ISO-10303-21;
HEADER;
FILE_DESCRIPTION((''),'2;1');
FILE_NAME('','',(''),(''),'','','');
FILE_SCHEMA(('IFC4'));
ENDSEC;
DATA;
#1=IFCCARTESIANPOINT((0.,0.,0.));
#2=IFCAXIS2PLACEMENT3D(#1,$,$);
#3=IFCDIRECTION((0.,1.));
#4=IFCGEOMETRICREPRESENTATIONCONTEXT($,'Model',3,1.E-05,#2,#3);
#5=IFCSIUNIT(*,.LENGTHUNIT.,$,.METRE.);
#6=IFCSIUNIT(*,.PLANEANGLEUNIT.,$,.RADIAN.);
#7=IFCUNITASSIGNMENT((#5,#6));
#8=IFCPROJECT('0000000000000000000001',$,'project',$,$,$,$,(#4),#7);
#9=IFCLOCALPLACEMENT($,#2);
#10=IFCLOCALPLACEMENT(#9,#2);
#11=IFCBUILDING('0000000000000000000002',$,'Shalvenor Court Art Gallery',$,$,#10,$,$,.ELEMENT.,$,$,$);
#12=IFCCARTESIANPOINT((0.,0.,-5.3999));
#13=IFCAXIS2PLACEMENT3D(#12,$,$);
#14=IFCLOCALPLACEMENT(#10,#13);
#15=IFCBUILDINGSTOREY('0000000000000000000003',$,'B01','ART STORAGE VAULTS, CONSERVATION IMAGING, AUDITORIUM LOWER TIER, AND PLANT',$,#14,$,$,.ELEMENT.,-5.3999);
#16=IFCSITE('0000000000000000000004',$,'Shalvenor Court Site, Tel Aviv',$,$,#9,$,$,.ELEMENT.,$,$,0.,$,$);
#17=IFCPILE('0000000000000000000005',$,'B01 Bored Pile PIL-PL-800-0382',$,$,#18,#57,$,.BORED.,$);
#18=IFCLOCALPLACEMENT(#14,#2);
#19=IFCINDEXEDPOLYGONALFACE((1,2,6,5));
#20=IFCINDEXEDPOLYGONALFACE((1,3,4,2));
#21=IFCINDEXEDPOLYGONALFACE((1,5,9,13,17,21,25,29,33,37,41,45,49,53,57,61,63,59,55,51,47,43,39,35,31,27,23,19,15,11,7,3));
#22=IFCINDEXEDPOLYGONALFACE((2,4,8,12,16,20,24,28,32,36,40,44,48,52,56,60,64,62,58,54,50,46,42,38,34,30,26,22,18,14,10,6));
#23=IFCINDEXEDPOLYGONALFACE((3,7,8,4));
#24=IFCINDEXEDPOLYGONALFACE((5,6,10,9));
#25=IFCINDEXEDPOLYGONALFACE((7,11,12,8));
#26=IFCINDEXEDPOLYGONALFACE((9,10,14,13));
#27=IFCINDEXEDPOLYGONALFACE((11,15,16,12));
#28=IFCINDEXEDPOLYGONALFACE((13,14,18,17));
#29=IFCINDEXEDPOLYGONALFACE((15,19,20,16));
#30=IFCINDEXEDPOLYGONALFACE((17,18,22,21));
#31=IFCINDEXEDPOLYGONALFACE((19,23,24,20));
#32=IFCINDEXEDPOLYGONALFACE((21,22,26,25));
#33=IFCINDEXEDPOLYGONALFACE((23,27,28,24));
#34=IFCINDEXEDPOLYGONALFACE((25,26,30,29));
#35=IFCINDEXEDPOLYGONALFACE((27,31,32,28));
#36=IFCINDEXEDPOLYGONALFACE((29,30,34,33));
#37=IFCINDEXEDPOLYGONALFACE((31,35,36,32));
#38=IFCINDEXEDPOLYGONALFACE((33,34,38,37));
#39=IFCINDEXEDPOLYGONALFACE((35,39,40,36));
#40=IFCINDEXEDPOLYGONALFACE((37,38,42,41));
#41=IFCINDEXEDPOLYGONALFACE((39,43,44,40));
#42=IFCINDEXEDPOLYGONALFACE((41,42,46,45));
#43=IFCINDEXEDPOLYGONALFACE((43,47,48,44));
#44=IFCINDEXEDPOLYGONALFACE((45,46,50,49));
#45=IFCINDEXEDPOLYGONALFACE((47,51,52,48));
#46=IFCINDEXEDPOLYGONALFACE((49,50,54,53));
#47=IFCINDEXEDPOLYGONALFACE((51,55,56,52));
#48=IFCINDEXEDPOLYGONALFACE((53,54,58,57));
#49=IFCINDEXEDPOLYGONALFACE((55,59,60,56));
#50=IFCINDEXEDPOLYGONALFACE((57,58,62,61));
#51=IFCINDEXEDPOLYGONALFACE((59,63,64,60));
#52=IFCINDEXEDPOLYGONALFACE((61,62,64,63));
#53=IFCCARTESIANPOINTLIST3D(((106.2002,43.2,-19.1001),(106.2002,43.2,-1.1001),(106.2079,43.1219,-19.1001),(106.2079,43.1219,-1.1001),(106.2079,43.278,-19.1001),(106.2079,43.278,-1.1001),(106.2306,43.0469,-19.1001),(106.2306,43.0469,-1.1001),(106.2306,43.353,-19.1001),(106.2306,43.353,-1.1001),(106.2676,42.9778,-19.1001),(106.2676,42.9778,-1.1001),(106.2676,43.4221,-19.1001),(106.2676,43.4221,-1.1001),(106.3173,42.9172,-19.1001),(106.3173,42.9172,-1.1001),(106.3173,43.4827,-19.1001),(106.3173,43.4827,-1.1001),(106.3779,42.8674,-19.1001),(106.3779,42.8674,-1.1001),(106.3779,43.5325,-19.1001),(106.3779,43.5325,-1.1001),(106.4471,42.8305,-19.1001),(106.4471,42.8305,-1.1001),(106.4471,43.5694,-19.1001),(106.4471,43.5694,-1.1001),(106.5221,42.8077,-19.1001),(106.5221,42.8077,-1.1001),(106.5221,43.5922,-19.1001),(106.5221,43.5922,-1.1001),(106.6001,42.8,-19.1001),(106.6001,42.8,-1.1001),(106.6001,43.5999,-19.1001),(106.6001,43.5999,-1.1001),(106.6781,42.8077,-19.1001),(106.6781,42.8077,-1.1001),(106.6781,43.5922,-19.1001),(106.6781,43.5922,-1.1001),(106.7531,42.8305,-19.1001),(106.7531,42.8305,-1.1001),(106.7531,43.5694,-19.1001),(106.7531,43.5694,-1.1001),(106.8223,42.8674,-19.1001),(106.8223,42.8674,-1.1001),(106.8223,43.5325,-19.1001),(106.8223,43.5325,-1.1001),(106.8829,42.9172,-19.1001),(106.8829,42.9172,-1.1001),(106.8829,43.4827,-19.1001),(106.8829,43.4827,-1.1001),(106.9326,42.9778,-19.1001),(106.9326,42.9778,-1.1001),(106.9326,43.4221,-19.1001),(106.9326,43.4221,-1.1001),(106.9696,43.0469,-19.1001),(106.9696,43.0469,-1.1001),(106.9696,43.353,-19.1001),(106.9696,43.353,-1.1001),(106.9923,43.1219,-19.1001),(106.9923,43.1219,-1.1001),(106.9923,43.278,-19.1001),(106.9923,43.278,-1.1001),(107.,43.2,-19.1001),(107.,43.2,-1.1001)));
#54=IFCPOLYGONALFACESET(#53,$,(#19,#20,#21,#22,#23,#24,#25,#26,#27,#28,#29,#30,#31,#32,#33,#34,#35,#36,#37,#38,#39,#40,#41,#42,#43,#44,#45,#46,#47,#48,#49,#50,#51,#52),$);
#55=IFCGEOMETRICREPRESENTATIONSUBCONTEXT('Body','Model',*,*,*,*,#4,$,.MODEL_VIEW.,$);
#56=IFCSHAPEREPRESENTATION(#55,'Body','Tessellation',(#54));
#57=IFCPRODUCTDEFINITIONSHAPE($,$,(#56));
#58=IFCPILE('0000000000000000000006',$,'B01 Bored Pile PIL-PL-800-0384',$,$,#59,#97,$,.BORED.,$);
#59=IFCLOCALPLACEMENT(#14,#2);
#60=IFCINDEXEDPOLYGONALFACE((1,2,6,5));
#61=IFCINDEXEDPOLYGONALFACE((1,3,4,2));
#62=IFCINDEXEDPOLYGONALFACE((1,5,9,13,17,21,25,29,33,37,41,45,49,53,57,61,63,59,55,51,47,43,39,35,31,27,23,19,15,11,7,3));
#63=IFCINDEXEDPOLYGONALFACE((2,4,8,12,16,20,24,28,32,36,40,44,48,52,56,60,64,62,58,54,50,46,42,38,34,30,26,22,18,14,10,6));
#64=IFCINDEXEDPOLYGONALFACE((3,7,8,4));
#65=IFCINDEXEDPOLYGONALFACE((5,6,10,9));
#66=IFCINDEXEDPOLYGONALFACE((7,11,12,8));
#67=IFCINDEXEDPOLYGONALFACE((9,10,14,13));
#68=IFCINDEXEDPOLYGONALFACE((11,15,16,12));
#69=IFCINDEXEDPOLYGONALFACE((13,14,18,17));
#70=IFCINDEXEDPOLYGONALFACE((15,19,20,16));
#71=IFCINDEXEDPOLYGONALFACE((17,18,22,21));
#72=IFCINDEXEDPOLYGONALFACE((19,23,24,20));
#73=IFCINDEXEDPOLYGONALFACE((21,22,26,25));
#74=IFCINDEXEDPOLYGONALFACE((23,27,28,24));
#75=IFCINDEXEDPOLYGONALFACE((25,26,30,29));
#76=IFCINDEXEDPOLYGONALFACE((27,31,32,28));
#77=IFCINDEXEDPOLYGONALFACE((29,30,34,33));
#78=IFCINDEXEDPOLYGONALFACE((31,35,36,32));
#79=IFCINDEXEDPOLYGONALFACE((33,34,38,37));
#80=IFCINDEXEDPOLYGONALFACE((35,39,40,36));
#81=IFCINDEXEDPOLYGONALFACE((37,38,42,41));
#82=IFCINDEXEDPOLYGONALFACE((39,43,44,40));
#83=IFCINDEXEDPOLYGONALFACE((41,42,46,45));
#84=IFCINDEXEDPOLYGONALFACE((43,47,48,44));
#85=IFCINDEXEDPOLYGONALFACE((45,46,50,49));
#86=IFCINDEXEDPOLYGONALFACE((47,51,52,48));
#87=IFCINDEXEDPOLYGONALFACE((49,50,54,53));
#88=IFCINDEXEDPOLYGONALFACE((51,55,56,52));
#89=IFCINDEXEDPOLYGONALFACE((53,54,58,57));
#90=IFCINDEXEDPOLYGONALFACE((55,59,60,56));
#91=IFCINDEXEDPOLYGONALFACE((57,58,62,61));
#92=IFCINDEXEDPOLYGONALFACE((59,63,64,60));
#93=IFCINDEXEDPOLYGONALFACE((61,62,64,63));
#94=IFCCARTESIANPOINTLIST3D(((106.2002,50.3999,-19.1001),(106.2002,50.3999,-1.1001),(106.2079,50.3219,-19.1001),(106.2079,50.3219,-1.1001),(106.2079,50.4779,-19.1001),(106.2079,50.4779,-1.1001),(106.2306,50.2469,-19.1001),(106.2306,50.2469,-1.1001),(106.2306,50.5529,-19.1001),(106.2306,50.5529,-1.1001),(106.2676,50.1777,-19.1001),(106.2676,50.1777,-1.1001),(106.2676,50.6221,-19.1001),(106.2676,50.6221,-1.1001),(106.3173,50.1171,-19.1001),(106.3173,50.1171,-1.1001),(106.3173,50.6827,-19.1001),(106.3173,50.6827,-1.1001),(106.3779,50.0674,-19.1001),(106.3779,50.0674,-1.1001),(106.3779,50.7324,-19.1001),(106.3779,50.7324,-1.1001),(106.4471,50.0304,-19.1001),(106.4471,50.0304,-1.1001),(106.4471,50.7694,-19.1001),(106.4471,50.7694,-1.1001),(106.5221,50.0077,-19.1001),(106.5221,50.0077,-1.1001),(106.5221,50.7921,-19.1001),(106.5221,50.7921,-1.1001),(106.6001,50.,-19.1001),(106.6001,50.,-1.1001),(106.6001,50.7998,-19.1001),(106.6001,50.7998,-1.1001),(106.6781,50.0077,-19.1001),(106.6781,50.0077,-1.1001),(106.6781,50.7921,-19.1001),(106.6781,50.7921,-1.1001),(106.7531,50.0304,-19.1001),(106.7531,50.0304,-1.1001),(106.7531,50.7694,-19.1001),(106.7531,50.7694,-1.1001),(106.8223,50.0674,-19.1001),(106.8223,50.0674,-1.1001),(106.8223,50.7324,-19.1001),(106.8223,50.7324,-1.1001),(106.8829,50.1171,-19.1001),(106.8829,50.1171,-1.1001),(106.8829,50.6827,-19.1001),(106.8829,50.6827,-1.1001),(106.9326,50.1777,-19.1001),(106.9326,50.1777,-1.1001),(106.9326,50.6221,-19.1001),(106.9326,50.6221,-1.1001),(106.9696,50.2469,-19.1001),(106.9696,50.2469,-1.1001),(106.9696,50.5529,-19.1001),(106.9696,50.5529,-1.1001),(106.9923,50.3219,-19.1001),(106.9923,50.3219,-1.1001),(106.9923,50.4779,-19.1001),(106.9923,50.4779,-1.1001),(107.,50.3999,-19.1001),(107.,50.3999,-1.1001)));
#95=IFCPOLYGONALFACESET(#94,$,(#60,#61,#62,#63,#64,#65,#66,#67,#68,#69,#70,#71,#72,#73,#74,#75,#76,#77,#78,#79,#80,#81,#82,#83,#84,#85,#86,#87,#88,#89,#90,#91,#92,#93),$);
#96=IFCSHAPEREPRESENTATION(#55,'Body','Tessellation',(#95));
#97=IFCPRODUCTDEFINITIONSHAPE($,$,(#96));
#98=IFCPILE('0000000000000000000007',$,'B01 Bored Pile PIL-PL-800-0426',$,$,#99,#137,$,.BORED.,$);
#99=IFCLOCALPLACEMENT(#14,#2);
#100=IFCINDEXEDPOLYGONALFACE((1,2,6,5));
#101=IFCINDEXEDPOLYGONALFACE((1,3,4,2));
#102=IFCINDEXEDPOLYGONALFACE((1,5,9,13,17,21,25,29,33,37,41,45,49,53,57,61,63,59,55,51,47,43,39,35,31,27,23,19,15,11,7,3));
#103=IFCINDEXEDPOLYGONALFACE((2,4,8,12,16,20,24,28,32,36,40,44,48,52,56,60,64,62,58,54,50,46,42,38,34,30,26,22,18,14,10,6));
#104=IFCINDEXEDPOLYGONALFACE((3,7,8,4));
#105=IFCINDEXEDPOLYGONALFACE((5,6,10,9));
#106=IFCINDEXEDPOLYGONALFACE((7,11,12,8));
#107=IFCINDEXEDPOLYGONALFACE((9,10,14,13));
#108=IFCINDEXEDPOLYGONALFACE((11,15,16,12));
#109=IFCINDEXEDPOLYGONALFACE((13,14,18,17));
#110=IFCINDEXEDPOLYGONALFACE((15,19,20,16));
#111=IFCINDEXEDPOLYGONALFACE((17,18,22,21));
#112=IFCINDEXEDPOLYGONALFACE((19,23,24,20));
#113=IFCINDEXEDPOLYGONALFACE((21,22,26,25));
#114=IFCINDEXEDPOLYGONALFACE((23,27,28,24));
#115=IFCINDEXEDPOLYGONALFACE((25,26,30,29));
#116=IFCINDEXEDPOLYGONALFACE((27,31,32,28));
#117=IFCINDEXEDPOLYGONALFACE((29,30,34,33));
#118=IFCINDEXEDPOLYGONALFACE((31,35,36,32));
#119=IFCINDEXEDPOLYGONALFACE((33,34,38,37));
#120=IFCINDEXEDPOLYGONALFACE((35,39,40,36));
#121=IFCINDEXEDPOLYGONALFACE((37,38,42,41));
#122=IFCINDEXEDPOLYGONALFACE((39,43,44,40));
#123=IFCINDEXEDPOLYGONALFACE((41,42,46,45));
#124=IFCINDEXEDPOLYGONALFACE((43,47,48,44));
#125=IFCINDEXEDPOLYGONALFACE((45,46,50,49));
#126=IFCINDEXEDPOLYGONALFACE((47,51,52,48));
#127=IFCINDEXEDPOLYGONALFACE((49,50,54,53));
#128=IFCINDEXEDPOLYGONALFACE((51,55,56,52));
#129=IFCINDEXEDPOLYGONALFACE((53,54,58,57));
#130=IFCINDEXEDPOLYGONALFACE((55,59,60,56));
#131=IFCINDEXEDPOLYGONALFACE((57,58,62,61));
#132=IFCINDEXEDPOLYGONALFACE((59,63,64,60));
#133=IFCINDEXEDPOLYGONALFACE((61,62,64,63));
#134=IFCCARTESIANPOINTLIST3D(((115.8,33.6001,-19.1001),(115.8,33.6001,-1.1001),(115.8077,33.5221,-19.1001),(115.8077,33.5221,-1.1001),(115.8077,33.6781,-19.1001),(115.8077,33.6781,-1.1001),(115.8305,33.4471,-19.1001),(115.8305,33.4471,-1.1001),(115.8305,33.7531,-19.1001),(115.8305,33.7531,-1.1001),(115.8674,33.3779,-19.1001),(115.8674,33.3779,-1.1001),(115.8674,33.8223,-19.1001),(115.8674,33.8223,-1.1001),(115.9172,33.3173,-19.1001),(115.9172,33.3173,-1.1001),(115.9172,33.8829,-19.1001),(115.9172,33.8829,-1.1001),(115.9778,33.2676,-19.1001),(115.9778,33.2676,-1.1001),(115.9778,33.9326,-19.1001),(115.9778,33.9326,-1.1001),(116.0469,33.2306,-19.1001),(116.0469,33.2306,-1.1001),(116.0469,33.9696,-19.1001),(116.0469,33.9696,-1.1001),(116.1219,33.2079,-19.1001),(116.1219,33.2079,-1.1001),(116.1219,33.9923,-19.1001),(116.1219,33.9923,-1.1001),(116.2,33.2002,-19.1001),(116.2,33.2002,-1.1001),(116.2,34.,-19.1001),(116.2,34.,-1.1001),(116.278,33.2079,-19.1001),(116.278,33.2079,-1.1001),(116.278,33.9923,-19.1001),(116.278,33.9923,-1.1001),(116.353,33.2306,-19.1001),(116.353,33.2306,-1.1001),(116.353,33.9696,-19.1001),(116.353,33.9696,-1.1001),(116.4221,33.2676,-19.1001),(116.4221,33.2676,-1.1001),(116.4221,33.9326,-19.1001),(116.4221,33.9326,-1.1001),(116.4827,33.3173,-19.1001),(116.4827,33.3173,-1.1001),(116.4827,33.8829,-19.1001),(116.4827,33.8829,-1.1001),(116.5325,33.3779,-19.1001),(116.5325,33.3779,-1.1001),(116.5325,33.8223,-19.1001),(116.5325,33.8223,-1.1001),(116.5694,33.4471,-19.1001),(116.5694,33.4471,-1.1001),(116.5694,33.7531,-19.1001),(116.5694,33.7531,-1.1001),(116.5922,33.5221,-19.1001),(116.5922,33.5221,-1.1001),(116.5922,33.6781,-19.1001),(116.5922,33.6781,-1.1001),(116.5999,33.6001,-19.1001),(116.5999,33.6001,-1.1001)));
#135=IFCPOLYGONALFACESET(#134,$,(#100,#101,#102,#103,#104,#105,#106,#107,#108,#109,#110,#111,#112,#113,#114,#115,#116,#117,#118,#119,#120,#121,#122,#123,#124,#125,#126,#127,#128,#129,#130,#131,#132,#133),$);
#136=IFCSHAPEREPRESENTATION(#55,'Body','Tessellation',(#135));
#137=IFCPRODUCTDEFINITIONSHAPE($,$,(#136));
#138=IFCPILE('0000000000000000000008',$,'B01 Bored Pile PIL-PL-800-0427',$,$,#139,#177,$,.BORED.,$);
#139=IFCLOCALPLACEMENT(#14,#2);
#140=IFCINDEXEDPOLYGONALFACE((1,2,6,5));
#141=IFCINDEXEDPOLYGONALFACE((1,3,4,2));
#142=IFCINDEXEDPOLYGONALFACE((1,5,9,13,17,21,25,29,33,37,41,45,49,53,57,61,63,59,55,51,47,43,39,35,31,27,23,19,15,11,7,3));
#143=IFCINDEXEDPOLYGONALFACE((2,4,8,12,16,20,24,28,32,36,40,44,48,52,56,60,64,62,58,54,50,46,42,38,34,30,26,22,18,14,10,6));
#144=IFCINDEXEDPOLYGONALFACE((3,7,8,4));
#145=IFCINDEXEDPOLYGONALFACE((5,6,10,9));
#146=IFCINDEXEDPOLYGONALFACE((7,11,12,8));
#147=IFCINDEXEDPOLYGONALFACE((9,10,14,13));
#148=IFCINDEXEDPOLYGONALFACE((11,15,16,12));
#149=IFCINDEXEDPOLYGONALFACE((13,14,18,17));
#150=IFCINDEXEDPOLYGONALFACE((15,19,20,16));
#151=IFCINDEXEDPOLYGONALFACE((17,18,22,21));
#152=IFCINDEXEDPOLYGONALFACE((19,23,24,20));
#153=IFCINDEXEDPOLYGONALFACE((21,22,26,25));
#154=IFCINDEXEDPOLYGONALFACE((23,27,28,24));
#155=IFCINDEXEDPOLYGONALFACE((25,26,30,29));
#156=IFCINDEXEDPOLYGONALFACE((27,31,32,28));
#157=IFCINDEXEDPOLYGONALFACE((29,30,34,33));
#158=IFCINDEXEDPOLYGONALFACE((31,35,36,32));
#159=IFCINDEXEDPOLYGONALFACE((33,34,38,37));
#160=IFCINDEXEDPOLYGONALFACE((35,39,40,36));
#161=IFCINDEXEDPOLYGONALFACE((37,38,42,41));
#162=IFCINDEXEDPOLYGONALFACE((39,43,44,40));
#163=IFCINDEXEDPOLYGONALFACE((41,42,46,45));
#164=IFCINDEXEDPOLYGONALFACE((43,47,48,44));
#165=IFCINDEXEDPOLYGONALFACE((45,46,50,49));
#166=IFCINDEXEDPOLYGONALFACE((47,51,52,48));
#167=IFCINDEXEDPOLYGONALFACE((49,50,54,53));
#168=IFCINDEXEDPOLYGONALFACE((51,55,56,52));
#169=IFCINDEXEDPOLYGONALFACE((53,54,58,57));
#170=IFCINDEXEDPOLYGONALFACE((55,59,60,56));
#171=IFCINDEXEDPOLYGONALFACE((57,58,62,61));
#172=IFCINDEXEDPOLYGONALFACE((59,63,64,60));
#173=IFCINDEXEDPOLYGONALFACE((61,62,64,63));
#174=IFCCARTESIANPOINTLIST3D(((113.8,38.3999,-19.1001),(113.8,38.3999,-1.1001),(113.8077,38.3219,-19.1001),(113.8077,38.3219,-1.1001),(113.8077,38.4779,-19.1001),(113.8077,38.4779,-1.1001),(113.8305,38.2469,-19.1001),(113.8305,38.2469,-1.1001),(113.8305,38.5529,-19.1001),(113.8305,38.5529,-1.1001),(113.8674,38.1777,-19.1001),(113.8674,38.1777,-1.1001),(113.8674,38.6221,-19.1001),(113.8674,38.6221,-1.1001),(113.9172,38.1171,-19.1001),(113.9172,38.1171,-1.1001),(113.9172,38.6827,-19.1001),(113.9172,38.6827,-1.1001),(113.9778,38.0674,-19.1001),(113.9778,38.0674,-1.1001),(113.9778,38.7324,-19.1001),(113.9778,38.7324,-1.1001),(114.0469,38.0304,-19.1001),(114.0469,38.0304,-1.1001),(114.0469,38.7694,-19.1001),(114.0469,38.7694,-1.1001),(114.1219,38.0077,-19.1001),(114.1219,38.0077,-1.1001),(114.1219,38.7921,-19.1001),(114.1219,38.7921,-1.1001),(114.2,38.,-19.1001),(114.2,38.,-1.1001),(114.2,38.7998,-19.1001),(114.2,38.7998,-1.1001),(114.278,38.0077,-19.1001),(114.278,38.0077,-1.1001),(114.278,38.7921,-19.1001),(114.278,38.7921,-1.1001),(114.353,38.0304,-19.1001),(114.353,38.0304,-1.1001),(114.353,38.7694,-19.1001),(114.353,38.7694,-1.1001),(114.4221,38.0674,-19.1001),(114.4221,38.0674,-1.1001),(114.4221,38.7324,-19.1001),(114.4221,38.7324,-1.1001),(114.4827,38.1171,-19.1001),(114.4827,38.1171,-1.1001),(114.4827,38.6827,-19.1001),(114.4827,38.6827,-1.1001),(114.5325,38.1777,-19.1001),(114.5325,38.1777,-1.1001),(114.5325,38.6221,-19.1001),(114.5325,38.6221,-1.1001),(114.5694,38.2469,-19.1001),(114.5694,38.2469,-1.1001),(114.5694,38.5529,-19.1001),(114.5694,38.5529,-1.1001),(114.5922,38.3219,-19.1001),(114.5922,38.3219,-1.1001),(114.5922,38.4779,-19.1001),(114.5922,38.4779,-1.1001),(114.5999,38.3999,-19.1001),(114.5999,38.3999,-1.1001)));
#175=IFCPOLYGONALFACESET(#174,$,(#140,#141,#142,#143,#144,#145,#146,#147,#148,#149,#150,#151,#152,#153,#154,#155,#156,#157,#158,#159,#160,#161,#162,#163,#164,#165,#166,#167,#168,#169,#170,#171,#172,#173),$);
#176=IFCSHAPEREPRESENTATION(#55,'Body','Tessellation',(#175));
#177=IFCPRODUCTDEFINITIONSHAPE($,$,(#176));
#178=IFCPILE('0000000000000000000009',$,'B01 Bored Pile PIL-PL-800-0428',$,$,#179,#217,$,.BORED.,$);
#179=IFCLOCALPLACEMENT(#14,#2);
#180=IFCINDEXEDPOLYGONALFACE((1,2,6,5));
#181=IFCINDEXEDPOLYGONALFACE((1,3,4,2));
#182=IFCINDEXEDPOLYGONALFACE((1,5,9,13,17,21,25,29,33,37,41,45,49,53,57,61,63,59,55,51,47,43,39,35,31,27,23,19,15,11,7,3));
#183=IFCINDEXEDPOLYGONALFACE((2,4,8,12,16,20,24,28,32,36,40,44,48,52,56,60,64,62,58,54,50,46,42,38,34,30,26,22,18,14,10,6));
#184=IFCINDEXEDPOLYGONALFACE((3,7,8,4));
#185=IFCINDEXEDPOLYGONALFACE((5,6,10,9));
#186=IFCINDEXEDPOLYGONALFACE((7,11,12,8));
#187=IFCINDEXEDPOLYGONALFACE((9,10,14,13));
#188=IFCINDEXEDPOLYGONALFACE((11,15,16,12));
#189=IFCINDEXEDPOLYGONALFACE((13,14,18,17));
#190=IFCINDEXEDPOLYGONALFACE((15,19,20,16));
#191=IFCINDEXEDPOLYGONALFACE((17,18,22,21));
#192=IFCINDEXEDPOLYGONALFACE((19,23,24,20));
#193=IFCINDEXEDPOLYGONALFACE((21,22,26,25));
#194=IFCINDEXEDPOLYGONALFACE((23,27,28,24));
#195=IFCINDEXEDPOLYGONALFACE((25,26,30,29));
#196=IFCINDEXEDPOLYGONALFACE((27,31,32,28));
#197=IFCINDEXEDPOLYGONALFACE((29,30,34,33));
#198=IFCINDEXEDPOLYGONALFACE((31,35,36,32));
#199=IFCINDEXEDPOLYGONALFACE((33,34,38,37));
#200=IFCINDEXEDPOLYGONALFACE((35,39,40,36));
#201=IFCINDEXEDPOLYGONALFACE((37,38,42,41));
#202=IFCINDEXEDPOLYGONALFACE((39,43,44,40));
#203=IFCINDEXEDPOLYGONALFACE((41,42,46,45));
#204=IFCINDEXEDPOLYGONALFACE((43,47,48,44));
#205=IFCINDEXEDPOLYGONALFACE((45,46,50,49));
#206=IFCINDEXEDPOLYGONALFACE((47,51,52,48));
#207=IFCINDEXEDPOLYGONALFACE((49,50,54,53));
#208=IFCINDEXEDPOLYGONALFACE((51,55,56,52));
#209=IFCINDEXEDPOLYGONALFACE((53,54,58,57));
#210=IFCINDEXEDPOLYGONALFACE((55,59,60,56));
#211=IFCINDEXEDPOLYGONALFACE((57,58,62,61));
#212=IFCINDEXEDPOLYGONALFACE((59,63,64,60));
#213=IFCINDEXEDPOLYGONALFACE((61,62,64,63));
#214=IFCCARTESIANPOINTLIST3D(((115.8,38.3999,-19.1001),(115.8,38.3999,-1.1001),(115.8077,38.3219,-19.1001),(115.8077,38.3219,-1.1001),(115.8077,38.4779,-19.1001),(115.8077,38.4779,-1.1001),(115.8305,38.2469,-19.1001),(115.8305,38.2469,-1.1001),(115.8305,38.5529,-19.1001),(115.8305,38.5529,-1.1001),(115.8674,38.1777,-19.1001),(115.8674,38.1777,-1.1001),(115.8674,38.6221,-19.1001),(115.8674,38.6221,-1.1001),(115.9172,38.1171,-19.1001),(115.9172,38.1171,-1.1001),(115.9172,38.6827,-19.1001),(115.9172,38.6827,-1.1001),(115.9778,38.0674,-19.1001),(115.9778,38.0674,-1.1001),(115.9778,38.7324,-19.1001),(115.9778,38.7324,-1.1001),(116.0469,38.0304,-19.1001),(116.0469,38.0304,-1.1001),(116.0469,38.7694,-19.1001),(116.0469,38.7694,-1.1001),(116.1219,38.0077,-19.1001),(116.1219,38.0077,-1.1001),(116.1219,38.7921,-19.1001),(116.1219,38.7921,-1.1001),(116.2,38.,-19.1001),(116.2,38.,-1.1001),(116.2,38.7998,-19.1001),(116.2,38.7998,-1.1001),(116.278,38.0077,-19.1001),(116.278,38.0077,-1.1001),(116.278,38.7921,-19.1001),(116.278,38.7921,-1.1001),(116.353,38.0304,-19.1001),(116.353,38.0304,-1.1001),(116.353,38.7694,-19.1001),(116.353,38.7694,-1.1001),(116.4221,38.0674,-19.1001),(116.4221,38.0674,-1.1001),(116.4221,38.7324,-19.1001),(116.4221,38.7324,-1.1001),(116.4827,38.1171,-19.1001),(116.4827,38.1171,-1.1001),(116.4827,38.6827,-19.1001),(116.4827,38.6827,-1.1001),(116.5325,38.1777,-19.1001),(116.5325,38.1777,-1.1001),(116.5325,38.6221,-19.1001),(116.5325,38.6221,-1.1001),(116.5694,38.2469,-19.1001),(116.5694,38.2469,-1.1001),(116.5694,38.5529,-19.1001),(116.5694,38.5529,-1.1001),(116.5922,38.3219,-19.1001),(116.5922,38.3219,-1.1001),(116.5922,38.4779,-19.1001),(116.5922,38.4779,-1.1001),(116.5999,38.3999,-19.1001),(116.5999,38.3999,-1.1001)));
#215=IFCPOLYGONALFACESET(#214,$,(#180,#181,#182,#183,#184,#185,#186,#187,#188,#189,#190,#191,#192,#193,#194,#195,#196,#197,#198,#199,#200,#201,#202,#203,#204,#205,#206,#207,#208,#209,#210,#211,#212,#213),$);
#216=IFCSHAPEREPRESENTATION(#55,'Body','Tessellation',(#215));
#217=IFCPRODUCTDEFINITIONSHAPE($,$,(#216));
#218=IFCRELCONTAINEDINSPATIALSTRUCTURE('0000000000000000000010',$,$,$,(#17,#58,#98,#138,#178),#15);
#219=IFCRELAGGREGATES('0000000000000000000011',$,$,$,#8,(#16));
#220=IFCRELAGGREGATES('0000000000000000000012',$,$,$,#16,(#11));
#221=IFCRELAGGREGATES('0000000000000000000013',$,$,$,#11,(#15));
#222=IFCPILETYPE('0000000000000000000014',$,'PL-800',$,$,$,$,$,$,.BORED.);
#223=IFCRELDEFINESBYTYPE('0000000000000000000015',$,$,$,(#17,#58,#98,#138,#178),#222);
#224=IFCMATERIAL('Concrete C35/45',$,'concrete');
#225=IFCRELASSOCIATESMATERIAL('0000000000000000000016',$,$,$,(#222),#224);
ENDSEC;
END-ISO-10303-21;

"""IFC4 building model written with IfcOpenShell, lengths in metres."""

from ifc_helpers import new_model, si_unit, direction, frame, origin, origin_2d, place, context, subcontext, project, spatial, circle, extrude, material, material_profile, profile_set, type_object, element, save


model = new_model("IFC4")

# Units and contexts
model_context = context("Model", 3, precision=1e-05, world=origin(), true_north=direction((0.0, 1.0)))
body_context = subcontext(model_context, "Body", "Model", "MODEL_VIEW")
ifc_project = project(units=[si_unit("LENGTHUNIT", "METRE"), si_unit("PLANEANGLEUNIT", "RADIAN")], contexts=[model_context])

# Site, building, storey
site_placement = place(None, origin())
site = spatial("IfcSite", under=ifc_project, at=site_placement, Name="Shalvenor Court Site, Tel Aviv", CompositionType="ELEMENT", RefElevation=0.0)
building_placement = place(site_placement, origin())
building = spatial("IfcBuilding", under=site, at=building_placement, Name="Shalvenor Court Art Gallery", CompositionType="ELEMENT")
storey_placement = place(building_placement, frame((0.0, 0.0, -5.3999)))
storey = spatial("IfcBuildingStorey", under=building, at=storey_placement, Name="B01", Description="ART STORAGE VAULTS, CONSERVATION IMAGING, AUDITORIUM LOWER TIER, AND PLANT", CompositionType="ELEMENT", Elevation=-5.3999)

# Piles
ifc_material_1 = material(Name="Concrete C35/45", Category="concrete")
ifc_material_profile_1 = material_profile(ifc_material_1, circle(Radius=0.3999, at=origin_2d()), Name="PILE 800")
ifc_profile_set_1 = profile_set([ifc_material_profile_1], Name="Concrete C35/45")
pile_type = type_object("IfcPileType", Name="PL-800", PredefinedType="BORED", material=ifc_profile_set_1)
for number, where, z_axis, x_axis, name in (
    (1, (106.6001, 43.2, -1.1001), (0.0, 0.0, -1.0), (1.0, 0.0, 0.0), "B01 Bored Pile PIL-PL-800-0382"),
    (2, (106.6001, 50.3999, -1.1001), (0.0, 0.0, -1.0), (1.0, 0.0, 0.0), "B01 Bored Pile PIL-PL-800-0384"),
    (3, (116.2, 33.6001, -1.1001), (0.0, 0.0, -1.0), (1.0, 0.0, 0.0), "B01 Bored Pile PIL-PL-800-0426"),
    (4, (114.2, 38.3999, -1.1001), (0.0, 0.0, -1.0), (1.0, 0.0, 0.0), "B01 Bored Pile PIL-PL-800-0427"),
    (5, (116.2, 38.3999, -1.1001), (0.0, 0.0, -1.0), (1.0, 0.0, 0.0), "B01 Bored Pile PIL-PL-800-0428"),
):
    element("IfcPile", number, at=place(storey_placement, frame(where, z_axis=z_axis, x_axis=x_axis)), inside=storey, type_object=pile_type, Name=name, PredefinedType="BORED", context=body_context, shape_type="SweptSolid", body=[
        extrude(circle(Radius=0.3999, at=origin_2d()), origin(), (0.0, 0.0, 1.0), 18.0),
    ])

save(model, "model.ifc")
